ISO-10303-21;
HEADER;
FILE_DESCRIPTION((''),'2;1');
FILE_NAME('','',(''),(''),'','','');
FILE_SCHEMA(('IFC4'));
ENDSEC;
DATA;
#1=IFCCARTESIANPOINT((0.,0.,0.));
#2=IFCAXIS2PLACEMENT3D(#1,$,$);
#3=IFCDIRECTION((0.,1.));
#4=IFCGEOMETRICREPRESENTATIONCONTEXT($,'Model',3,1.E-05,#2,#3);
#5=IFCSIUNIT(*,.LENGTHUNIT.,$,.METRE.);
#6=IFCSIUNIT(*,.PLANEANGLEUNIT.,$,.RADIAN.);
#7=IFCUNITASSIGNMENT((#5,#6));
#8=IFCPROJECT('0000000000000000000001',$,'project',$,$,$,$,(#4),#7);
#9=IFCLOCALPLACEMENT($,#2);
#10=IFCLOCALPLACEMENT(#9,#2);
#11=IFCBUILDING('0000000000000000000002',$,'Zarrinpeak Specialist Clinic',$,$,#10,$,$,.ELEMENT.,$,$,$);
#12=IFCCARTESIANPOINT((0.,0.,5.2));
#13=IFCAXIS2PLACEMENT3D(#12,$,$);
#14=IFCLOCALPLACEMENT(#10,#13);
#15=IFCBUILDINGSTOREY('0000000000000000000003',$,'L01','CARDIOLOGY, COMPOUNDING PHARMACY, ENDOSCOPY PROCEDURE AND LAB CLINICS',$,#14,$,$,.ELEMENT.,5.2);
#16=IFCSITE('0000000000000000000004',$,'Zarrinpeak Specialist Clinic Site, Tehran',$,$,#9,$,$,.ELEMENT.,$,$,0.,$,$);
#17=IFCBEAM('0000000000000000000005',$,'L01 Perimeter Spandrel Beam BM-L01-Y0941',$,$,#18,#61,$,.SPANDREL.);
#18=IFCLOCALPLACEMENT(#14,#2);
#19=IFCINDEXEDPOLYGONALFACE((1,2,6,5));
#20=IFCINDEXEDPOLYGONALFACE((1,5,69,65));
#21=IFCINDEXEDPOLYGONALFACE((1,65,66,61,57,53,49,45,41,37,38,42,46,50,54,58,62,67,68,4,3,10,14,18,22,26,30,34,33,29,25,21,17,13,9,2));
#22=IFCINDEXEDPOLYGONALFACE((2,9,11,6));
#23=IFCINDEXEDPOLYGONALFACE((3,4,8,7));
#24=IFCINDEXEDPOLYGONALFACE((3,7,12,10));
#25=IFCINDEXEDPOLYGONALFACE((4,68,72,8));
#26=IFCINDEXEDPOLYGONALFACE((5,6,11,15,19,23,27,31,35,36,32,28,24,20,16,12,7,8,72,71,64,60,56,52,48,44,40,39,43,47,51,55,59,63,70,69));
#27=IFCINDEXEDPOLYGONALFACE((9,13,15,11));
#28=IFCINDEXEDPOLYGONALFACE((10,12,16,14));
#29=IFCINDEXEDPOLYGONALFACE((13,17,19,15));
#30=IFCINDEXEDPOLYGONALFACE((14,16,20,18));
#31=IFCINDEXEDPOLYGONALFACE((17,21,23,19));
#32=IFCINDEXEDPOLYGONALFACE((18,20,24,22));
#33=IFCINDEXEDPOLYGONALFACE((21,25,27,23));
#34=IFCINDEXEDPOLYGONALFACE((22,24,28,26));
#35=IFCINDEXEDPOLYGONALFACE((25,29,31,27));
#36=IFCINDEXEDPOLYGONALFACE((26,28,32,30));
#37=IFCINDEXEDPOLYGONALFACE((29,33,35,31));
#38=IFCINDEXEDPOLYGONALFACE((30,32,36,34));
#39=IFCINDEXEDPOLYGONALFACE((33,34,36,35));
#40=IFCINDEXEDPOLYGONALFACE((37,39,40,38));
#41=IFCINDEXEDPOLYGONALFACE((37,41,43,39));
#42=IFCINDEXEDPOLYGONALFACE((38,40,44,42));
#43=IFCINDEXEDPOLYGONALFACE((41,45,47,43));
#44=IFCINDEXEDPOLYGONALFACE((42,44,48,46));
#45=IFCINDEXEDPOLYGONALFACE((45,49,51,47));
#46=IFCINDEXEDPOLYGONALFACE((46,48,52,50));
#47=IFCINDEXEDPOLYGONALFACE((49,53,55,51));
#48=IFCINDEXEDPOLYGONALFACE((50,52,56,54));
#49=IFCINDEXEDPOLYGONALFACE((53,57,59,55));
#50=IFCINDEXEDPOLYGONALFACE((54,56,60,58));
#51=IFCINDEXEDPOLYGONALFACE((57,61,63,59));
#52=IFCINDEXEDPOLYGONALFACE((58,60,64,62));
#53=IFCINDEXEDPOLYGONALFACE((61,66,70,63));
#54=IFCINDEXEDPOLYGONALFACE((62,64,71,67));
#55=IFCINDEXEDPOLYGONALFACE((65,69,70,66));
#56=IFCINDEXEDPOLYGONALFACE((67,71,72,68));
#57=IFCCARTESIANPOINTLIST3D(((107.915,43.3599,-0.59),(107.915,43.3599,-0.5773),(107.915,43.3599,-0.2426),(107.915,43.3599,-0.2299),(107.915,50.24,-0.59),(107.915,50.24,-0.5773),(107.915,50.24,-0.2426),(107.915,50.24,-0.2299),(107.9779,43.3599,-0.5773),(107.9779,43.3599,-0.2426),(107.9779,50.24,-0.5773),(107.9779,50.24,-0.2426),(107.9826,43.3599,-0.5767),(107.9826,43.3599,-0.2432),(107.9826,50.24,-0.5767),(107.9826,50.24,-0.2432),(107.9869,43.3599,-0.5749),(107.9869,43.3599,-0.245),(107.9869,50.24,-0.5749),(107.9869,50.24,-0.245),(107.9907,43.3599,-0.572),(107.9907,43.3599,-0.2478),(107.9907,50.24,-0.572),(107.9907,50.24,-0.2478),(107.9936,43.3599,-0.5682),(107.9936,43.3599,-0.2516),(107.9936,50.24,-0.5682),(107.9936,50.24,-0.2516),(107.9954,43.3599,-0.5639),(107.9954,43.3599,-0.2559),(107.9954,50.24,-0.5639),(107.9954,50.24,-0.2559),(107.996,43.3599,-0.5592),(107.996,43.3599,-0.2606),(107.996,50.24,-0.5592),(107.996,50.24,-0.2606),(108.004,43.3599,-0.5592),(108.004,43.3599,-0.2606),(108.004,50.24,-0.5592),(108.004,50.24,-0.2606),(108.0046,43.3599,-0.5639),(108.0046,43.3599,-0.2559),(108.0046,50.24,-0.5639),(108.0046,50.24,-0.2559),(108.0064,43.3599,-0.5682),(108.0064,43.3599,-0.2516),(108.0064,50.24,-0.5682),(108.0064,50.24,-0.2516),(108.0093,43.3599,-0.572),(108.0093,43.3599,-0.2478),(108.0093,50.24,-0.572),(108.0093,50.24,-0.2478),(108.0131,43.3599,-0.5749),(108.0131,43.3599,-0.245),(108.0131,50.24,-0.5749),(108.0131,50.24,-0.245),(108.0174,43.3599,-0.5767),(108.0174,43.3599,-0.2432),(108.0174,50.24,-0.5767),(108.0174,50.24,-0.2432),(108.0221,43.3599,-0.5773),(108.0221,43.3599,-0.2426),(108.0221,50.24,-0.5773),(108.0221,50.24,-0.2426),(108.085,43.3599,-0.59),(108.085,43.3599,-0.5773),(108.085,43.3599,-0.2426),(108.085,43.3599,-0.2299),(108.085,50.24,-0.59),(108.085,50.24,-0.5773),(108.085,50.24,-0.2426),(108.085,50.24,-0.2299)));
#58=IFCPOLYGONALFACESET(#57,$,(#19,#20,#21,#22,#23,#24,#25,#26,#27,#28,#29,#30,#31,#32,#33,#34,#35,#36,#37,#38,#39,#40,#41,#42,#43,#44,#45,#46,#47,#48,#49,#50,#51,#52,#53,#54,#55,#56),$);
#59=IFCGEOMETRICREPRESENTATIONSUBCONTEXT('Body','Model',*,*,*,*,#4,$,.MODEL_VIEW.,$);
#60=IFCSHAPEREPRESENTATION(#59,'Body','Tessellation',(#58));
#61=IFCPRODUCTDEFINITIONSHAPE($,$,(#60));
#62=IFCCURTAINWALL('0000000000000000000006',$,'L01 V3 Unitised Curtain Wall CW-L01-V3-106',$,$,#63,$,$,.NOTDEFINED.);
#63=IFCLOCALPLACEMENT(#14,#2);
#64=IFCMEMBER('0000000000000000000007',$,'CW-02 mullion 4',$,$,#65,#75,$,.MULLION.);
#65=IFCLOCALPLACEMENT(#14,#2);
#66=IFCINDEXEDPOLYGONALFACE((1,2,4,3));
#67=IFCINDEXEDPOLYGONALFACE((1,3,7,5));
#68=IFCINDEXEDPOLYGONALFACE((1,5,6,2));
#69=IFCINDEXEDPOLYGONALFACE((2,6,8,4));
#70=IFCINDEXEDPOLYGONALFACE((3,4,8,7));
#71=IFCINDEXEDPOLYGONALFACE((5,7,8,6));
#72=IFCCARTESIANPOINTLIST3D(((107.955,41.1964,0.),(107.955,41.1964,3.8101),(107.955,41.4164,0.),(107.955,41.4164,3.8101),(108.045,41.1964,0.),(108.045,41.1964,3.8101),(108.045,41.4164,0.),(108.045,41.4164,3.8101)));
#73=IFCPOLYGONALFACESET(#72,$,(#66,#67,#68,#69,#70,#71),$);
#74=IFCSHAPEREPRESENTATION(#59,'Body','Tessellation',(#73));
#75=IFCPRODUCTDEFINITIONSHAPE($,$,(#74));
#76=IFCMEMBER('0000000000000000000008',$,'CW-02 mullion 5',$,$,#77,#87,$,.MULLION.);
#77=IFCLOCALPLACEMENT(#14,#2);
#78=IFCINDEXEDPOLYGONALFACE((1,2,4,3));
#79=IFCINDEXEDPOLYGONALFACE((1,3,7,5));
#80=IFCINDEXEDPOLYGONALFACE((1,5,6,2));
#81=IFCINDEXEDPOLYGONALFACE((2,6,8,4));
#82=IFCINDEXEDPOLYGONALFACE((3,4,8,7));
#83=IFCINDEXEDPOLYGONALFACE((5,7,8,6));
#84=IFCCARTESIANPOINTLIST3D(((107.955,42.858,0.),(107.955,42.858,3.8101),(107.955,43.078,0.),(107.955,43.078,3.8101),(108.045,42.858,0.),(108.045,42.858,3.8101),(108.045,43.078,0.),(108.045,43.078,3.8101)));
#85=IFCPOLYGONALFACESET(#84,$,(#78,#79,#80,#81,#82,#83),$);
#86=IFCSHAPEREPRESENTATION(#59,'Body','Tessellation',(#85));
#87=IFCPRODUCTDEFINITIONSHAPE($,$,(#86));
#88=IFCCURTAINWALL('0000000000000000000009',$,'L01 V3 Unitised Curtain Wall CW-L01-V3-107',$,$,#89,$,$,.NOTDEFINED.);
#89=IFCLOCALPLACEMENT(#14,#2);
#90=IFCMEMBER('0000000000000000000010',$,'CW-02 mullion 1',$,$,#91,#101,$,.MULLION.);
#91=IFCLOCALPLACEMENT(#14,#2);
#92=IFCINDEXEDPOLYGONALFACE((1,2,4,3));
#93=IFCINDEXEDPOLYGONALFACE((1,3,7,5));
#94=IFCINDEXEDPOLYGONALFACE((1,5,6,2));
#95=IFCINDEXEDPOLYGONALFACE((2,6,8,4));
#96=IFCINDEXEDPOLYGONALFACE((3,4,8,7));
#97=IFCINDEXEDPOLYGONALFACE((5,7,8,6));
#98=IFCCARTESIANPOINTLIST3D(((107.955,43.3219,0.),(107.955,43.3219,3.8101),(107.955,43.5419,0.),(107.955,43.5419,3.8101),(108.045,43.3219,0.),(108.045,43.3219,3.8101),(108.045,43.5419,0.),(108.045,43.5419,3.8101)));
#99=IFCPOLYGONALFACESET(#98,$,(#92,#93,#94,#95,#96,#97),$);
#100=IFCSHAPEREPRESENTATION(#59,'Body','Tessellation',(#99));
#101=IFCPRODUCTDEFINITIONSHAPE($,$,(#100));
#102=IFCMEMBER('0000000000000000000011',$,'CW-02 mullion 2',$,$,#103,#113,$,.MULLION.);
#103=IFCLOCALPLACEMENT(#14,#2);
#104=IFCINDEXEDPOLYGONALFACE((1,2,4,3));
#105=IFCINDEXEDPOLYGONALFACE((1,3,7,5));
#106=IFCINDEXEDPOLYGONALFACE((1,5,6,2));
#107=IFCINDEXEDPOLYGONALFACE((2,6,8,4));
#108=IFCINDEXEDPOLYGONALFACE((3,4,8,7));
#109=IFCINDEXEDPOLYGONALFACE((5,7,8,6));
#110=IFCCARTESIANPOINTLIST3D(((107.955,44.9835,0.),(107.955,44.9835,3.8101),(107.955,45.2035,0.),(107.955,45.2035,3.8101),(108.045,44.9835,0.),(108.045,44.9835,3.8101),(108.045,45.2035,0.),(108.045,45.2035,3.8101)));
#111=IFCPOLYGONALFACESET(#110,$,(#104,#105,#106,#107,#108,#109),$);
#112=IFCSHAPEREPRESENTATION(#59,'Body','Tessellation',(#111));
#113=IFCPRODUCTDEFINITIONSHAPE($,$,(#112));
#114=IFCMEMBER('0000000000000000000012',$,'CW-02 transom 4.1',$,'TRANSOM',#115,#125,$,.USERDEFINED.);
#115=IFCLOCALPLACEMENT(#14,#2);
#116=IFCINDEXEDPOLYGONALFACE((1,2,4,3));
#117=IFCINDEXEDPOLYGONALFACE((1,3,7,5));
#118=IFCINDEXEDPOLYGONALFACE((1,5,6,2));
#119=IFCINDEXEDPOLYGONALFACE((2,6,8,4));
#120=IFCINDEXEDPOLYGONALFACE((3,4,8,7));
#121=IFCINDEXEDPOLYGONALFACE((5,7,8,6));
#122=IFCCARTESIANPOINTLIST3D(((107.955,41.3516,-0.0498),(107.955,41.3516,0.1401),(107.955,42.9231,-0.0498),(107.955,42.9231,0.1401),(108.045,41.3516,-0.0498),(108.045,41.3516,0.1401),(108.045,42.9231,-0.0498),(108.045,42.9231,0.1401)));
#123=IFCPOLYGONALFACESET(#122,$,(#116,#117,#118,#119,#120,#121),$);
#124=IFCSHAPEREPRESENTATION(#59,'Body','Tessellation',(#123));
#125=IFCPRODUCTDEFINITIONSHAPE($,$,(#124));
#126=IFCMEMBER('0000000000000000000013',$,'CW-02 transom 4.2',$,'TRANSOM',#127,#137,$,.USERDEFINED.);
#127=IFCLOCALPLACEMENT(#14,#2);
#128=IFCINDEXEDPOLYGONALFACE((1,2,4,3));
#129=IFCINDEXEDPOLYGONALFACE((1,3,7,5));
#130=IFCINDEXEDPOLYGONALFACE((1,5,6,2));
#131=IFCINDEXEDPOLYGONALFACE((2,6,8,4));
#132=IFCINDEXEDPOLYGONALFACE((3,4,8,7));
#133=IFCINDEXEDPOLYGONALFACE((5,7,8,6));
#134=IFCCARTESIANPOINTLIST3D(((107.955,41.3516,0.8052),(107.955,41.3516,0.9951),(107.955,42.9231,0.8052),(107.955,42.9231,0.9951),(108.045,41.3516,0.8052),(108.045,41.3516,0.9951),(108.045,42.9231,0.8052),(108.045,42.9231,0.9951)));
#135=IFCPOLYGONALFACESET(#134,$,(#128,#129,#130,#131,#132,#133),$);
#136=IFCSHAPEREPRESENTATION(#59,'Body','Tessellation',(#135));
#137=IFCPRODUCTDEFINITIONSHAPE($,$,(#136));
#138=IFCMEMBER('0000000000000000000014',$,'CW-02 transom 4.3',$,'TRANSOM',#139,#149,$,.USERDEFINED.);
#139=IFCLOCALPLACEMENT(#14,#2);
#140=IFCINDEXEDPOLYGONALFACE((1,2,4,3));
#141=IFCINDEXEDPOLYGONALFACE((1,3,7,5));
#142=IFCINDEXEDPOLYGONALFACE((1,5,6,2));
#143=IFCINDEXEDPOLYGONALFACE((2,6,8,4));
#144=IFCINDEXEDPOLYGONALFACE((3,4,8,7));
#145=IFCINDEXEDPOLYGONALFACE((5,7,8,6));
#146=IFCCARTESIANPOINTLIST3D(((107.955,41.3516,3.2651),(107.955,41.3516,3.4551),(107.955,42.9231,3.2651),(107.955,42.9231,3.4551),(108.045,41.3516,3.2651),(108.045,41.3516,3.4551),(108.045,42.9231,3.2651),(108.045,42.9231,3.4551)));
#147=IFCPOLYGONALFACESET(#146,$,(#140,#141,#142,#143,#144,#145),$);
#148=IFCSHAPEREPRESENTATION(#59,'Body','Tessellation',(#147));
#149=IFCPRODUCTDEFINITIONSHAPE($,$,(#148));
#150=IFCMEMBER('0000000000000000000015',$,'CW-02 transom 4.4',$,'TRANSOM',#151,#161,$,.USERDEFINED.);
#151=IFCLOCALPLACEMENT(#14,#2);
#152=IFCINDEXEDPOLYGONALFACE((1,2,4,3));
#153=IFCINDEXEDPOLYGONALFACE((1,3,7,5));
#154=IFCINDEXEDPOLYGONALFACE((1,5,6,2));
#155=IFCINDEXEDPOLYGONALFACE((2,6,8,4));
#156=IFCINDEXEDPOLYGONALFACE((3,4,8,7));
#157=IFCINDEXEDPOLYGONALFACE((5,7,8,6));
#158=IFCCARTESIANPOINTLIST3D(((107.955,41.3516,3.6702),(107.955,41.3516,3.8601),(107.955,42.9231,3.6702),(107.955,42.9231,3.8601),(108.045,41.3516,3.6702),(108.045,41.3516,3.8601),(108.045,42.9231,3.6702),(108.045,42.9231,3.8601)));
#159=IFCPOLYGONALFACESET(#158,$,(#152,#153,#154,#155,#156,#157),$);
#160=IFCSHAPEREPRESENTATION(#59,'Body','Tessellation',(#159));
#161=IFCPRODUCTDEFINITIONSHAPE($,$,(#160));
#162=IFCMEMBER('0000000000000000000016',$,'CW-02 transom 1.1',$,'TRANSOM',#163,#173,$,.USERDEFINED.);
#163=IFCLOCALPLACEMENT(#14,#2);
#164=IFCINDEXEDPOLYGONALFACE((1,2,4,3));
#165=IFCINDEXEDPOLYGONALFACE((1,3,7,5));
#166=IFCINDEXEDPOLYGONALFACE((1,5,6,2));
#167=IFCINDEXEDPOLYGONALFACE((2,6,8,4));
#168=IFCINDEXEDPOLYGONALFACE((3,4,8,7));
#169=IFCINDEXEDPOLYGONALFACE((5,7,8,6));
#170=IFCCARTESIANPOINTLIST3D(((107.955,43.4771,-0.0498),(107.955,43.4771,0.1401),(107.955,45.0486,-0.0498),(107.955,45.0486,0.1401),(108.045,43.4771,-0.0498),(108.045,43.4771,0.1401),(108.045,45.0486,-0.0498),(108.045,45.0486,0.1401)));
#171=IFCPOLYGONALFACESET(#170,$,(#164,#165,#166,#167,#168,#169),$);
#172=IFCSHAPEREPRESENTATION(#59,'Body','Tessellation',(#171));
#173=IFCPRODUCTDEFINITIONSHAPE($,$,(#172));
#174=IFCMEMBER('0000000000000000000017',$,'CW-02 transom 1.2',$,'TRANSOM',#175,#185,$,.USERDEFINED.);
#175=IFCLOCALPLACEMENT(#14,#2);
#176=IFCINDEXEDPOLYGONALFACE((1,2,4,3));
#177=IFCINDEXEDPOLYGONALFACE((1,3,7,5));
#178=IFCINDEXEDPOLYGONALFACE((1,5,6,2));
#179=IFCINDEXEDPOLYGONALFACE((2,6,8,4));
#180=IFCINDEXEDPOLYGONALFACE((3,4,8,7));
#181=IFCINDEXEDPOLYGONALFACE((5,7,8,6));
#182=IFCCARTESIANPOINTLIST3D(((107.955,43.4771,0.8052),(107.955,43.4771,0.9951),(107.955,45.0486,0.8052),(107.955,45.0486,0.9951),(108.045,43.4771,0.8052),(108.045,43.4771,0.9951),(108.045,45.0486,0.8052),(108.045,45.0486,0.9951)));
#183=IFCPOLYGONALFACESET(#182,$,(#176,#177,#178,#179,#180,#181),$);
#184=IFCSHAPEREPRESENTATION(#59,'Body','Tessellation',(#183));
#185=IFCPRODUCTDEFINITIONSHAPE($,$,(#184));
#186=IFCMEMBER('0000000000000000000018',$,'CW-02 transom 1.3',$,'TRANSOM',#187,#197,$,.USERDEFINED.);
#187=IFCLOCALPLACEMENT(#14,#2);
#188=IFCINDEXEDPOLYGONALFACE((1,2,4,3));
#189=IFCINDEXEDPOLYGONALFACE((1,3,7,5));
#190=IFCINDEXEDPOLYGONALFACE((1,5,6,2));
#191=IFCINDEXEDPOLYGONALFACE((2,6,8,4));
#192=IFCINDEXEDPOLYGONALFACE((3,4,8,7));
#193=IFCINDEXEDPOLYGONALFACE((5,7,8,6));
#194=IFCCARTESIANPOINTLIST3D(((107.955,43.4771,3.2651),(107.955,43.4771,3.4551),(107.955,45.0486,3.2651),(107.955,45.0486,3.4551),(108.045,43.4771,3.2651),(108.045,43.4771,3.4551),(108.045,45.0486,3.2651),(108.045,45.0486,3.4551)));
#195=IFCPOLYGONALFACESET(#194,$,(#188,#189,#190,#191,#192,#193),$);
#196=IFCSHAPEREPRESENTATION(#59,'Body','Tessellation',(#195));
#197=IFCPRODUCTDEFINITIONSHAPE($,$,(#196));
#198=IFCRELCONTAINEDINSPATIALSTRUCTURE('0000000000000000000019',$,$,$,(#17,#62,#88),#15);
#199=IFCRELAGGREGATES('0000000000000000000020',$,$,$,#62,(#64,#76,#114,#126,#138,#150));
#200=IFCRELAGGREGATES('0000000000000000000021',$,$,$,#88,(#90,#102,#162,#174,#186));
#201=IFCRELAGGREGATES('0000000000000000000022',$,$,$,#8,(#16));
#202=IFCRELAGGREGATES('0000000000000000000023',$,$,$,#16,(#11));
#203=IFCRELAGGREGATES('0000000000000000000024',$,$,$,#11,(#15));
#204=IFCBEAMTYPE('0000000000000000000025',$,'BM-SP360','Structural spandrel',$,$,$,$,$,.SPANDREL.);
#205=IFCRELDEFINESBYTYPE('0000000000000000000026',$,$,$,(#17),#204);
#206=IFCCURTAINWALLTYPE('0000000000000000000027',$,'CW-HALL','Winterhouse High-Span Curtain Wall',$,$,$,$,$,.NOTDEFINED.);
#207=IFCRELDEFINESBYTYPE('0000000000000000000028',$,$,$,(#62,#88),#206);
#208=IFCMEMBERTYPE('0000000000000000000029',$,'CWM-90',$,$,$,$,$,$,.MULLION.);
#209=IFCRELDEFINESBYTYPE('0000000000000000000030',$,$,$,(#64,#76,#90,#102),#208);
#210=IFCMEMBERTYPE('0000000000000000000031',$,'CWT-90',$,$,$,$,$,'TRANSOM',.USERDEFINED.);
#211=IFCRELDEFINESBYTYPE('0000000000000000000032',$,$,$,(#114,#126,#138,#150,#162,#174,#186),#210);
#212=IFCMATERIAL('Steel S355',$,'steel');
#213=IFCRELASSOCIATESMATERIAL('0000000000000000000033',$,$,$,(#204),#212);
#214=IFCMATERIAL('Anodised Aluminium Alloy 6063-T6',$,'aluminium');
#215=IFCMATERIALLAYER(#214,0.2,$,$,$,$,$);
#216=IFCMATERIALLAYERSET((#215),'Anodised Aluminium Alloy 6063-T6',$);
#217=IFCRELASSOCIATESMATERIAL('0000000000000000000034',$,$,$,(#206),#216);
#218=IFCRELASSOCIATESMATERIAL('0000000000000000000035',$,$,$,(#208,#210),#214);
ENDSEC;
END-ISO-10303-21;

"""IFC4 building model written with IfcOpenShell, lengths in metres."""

from ifc_helpers import new_model, si_unit, direction, frame, origin, origin_2d, place, context, subcontext, project, spatial, rectangle, i_section, extrude, material, layer, layer_set, material_profile, profile_set, type_object, element, aggregate, save


model = new_model("IFC4")

# Units and contexts
model_context = context("Model", 3, precision=1e-05, world=origin(), true_north=direction((0.0, 1.0)))
body_context = subcontext(model_context, "Body", "Model", "MODEL_VIEW")
ifc_project = project(units=[si_unit("LENGTHUNIT", "METRE"), si_unit("PLANEANGLEUNIT", "RADIAN")], contexts=[model_context])

# Site, building, storey
site_placement = place(None, origin())
site = spatial("IfcSite", under=ifc_project, at=site_placement, Name="Zarrinpeak Specialist Clinic Site, Tehran", CompositionType="ELEMENT", RefElevation=0.0)
building_placement = place(site_placement, origin())
building = spatial("IfcBuilding", under=site, at=building_placement, Name="Zarrinpeak Specialist Clinic", CompositionType="ELEMENT")
storey_placement = place(building_placement, frame((0.0, 0.0, 5.2)))
storey = spatial("IfcBuildingStorey", under=building, at=storey_placement, Name="L01", Description="CARDIOLOGY, COMPOUNDING PHARMACY, ENDOSCOPY PROCEDURE AND LAB CLINICS", CompositionType="ELEMENT", Elevation=5.2)

# Shared definitions
ifc_material_1 = material(Name="Steel S355", Category="steel")

# Beam
ifc_material_profile_1 = material_profile(ifc_material_1, i_section(OverallWidth=0.1699, OverallDepth=0.3601, WebThickness=0.0081, FlangeThickness=0.0127, FilletRadius=0.0181, at=origin_2d()), Name="IPE 360")
ifc_profile_set_1 = profile_set([ifc_material_profile_1], Name="Steel S355")
beam_type_1 = type_object("IfcBeamType", Name="BM-SP360", Description="Structural spandrel", PredefinedType="SPANDREL", material=ifc_profile_set_1)
beam_placement = place(storey_placement, frame((108.0, 43.3599, -0.4099), z_axis=(0.0, 1.0, 0.0), x_axis=(-1.0, 0.0, 0.0)))
element("IfcBeam", 1, at=beam_placement, inside=storey, type_object=beam_type_1, Name="L01 Perimeter Spandrel Beam BM-L01-Y0941", PredefinedType="SPANDREL", context=body_context, shape_type="SweptSolid", body=[
    extrude(i_section(OverallWidth=0.1699, OverallDepth=0.3601, WebThickness=0.0081, FlangeThickness=0.0127, FilletRadius=0.0181, at=origin_2d()), origin(), (0.0, 0.0, 1.0), 6.8801),
])

# Curtain walls, members
ifc_material_2 = material(Name="Anodised Aluminium Alloy 6063-T6", Category="aluminium")
ifc_layer_1 = layer(ifc_material_2, 0.2)
ifc_layer_set_1 = layer_set([ifc_layer_1], Name="Anodised Aluminium Alloy 6063-T6")
curtain_wall_type = type_object("IfcCurtainWallType", Name="CW-HALL", Description="Winterhouse High-Span Curtain Wall", PredefinedType="NOTDEFINED", material=ifc_layer_set_1)
curtain_wall_1_placement = place(storey_placement, origin())
curtain_wall_1 = element("IfcCurtainWall", 2, at=curtain_wall_1_placement, inside=storey, type_object=curtain_wall_type, Name="L01 V3 Unitised Curtain Wall CW-L01-V3-106", PredefinedType="NOTDEFINED")
ifc_material_profile_2 = material_profile(ifc_material_2, rectangle(XDim=0.0901, YDim=0.22, at=origin_2d()), Name="ALU 90x220")
ifc_profile_set_2 = profile_set([ifc_material_profile_2], Name="Anodised Aluminium Alloy 6063-T6")
member_type_1 = type_object("IfcMemberType", Name="CWM-90", PredefinedType="MULLION", material=ifc_profile_set_2)
member_1_placement = place(storey_placement, frame((108.0, 41.3064, 0.0), z_axis=(0.0, 0.0, 1.0), x_axis=(-1.0, 0.0, 0.0)))
member_1 = element("IfcMember", 3, at=member_1_placement, type_object=member_type_1, Name="CW-02 mullion 4", PredefinedType="MULLION", context=body_context, shape_type="SweptSolid", body=[
    extrude(rectangle(XDim=0.0901, YDim=0.22, at=origin_2d()), origin(), (0.0, 0.0, 1.0), 3.8101),
])
member_2_placement = place(storey_placement, frame((108.0, 42.968, 0.0), z_axis=(0.0, 0.0, 1.0), x_axis=(-1.0, 0.0, 0.0)))
member_2 = element("IfcMember", 4, at=member_2_placement, type_object=member_type_1, Name="CW-02 mullion 5", PredefinedType="MULLION", context=body_context, shape_type="SweptSolid", body=[
    extrude(rectangle(XDim=0.0901, YDim=0.22, at=origin_2d()), origin(), (0.0, 0.0, 1.0), 3.8101),
])
curtain_wall_2_placement = place(storey_placement, origin())
curtain_wall_2 = element("IfcCurtainWall", 5, at=curtain_wall_2_placement, inside=storey, type_object=curtain_wall_type, Name="L01 V3 Unitised Curtain Wall CW-L01-V3-107", PredefinedType="NOTDEFINED")
member_3_placement = place(storey_placement, frame((108.0, 43.4319, 0.0), z_axis=(0.0, 0.0, 1.0), x_axis=(-1.0, 0.0, 0.0)))
member_3 = element("IfcMember", 6, at=member_3_placement, type_object=member_type_1, Name="CW-02 mullion 1", PredefinedType="MULLION", context=body_context, shape_type="SweptSolid", body=[
    extrude(rectangle(XDim=0.0901, YDim=0.22, at=origin_2d()), origin(), (0.0, 0.0, 1.0), 3.8101),
])
member_4_placement = place(storey_placement, frame((108.0, 45.0935, 0.0), z_axis=(0.0, 0.0, 1.0), x_axis=(-1.0, 0.0, 0.0)))
member_4 = element("IfcMember", 7, at=member_4_placement, type_object=member_type_1, Name="CW-02 mullion 2", PredefinedType="MULLION", context=body_context, shape_type="SweptSolid", body=[
    extrude(rectangle(XDim=0.0901, YDim=0.22, at=origin_2d()), origin(), (0.0, 0.0, 1.0), 3.8101),
])

# Members
ifc_material_profile_3 = material_profile(ifc_material_2, rectangle(XDim=0.0901, YDim=0.1899, at=origin_2d()), Name="ALU 90x190")
ifc_profile_set_3 = profile_set([ifc_material_profile_3], Name="Anodised Aluminium Alloy 6063-T6")
member_type_2 = type_object("IfcMemberType", Name="CWT-90", ElementType="TRANSOM", PredefinedType="USERDEFINED", material=ifc_profile_set_3)
member_5_placement = place(storey_placement, frame((108.0, 41.3516, 0.0452), z_axis=(0.0, 1.0, 0.0), x_axis=(-1.0, 0.0, 0.0)))
member_5 = element("IfcMember", 8, at=member_5_placement, type_object=member_type_2, Name="CW-02 transom 4.1", ObjectType="TRANSOM", PredefinedType="USERDEFINED", context=body_context, shape_type="SweptSolid", body=[
    extrude(rectangle(XDim=0.0901, YDim=0.1899, at=origin_2d()), origin(), (0.0, 0.0, 1.0), 1.5715),
])
member_6_placement = place(storey_placement, frame((108.0, 41.3516, 0.9001), z_axis=(0.0, 1.0, 0.0), x_axis=(-1.0, 0.0, 0.0)))
member_6 = element("IfcMember", 9, at=member_6_placement, type_object=member_type_2, Name="CW-02 transom 4.2", ObjectType="TRANSOM", PredefinedType="USERDEFINED", context=body_context, shape_type="SweptSolid", body=[
    extrude(rectangle(XDim=0.0901, YDim=0.1899, at=origin_2d()), origin(), (0.0, 0.0, 1.0), 1.5715),
])
member_7_placement = place(storey_placement, frame((108.0, 41.3516, 3.3601), z_axis=(0.0, 1.0, 0.0), x_axis=(-1.0, 0.0, 0.0)))
member_7 = element("IfcMember", 10, at=member_7_placement, type_object=member_type_2, Name="CW-02 transom 4.3", ObjectType="TRANSOM", PredefinedType="USERDEFINED", context=body_context, shape_type="SweptSolid", body=[
    extrude(rectangle(XDim=0.0901, YDim=0.1899, at=origin_2d()), origin(), (0.0, 0.0, 1.0), 1.5715),
])
member_8_placement = place(storey_placement, frame((108.0, 41.3516, 3.7651), z_axis=(0.0, 1.0, 0.0), x_axis=(-1.0, 0.0, 0.0)))
member_8 = element("IfcMember", 11, at=member_8_placement, type_object=member_type_2, Name="CW-02 transom 4.4", ObjectType="TRANSOM", PredefinedType="USERDEFINED", context=body_context, shape_type="SweptSolid", body=[
    extrude(rectangle(XDim=0.0901, YDim=0.1899, at=origin_2d()), origin(), (0.0, 0.0, 1.0), 1.5715),
])
member_9_placement = place(storey_placement, frame((108.0, 43.4771, 0.0452), z_axis=(0.0, 1.0, 0.0), x_axis=(-1.0, 0.0, 0.0)))
member_9 = element("IfcMember", 12, at=member_9_placement, type_object=member_type_2, Name="CW-02 transom 1.1", ObjectType="TRANSOM", PredefinedType="USERDEFINED", context=body_context, shape_type="SweptSolid", body=[
    extrude(rectangle(XDim=0.0901, YDim=0.1899, at=origin_2d()), origin(), (0.0, 0.0, 1.0), 1.5715),
])
member_10_placement = place(storey_placement, frame((108.0, 43.4771, 0.9001), z_axis=(0.0, 1.0, 0.0), x_axis=(-1.0, 0.0, 0.0)))
member_10 = element("IfcMember", 13, at=member_10_placement, type_object=member_type_2, Name="CW-02 transom 1.2", ObjectType="TRANSOM", PredefinedType="USERDEFINED", context=body_context, shape_type="SweptSolid", body=[
    extrude(rectangle(XDim=0.0901, YDim=0.1899, at=origin_2d()), origin(), (0.0, 0.0, 1.0), 1.5715),
])
member_11_placement = place(storey_placement, frame((108.0, 43.4771, 3.3601), z_axis=(0.0, 1.0, 0.0), x_axis=(-1.0, 0.0, 0.0)))
member_11 = element("IfcMember", 14, at=member_11_placement, type_object=member_type_2, Name="CW-02 transom 1.3", ObjectType="TRANSOM", PredefinedType="USERDEFINED", context=body_context, shape_type="SweptSolid", body=[
    extrude(rectangle(XDim=0.0901, YDim=0.1899, at=origin_2d()), origin(), (0.0, 0.0, 1.0), 1.5715),
])

aggregate(curtain_wall_1, [member_1, member_2, member_5, member_6, member_7, member_8])
aggregate(curtain_wall_2, [member_3, member_4, member_9, member_10, member_11])

save(model, "model.ifc")
